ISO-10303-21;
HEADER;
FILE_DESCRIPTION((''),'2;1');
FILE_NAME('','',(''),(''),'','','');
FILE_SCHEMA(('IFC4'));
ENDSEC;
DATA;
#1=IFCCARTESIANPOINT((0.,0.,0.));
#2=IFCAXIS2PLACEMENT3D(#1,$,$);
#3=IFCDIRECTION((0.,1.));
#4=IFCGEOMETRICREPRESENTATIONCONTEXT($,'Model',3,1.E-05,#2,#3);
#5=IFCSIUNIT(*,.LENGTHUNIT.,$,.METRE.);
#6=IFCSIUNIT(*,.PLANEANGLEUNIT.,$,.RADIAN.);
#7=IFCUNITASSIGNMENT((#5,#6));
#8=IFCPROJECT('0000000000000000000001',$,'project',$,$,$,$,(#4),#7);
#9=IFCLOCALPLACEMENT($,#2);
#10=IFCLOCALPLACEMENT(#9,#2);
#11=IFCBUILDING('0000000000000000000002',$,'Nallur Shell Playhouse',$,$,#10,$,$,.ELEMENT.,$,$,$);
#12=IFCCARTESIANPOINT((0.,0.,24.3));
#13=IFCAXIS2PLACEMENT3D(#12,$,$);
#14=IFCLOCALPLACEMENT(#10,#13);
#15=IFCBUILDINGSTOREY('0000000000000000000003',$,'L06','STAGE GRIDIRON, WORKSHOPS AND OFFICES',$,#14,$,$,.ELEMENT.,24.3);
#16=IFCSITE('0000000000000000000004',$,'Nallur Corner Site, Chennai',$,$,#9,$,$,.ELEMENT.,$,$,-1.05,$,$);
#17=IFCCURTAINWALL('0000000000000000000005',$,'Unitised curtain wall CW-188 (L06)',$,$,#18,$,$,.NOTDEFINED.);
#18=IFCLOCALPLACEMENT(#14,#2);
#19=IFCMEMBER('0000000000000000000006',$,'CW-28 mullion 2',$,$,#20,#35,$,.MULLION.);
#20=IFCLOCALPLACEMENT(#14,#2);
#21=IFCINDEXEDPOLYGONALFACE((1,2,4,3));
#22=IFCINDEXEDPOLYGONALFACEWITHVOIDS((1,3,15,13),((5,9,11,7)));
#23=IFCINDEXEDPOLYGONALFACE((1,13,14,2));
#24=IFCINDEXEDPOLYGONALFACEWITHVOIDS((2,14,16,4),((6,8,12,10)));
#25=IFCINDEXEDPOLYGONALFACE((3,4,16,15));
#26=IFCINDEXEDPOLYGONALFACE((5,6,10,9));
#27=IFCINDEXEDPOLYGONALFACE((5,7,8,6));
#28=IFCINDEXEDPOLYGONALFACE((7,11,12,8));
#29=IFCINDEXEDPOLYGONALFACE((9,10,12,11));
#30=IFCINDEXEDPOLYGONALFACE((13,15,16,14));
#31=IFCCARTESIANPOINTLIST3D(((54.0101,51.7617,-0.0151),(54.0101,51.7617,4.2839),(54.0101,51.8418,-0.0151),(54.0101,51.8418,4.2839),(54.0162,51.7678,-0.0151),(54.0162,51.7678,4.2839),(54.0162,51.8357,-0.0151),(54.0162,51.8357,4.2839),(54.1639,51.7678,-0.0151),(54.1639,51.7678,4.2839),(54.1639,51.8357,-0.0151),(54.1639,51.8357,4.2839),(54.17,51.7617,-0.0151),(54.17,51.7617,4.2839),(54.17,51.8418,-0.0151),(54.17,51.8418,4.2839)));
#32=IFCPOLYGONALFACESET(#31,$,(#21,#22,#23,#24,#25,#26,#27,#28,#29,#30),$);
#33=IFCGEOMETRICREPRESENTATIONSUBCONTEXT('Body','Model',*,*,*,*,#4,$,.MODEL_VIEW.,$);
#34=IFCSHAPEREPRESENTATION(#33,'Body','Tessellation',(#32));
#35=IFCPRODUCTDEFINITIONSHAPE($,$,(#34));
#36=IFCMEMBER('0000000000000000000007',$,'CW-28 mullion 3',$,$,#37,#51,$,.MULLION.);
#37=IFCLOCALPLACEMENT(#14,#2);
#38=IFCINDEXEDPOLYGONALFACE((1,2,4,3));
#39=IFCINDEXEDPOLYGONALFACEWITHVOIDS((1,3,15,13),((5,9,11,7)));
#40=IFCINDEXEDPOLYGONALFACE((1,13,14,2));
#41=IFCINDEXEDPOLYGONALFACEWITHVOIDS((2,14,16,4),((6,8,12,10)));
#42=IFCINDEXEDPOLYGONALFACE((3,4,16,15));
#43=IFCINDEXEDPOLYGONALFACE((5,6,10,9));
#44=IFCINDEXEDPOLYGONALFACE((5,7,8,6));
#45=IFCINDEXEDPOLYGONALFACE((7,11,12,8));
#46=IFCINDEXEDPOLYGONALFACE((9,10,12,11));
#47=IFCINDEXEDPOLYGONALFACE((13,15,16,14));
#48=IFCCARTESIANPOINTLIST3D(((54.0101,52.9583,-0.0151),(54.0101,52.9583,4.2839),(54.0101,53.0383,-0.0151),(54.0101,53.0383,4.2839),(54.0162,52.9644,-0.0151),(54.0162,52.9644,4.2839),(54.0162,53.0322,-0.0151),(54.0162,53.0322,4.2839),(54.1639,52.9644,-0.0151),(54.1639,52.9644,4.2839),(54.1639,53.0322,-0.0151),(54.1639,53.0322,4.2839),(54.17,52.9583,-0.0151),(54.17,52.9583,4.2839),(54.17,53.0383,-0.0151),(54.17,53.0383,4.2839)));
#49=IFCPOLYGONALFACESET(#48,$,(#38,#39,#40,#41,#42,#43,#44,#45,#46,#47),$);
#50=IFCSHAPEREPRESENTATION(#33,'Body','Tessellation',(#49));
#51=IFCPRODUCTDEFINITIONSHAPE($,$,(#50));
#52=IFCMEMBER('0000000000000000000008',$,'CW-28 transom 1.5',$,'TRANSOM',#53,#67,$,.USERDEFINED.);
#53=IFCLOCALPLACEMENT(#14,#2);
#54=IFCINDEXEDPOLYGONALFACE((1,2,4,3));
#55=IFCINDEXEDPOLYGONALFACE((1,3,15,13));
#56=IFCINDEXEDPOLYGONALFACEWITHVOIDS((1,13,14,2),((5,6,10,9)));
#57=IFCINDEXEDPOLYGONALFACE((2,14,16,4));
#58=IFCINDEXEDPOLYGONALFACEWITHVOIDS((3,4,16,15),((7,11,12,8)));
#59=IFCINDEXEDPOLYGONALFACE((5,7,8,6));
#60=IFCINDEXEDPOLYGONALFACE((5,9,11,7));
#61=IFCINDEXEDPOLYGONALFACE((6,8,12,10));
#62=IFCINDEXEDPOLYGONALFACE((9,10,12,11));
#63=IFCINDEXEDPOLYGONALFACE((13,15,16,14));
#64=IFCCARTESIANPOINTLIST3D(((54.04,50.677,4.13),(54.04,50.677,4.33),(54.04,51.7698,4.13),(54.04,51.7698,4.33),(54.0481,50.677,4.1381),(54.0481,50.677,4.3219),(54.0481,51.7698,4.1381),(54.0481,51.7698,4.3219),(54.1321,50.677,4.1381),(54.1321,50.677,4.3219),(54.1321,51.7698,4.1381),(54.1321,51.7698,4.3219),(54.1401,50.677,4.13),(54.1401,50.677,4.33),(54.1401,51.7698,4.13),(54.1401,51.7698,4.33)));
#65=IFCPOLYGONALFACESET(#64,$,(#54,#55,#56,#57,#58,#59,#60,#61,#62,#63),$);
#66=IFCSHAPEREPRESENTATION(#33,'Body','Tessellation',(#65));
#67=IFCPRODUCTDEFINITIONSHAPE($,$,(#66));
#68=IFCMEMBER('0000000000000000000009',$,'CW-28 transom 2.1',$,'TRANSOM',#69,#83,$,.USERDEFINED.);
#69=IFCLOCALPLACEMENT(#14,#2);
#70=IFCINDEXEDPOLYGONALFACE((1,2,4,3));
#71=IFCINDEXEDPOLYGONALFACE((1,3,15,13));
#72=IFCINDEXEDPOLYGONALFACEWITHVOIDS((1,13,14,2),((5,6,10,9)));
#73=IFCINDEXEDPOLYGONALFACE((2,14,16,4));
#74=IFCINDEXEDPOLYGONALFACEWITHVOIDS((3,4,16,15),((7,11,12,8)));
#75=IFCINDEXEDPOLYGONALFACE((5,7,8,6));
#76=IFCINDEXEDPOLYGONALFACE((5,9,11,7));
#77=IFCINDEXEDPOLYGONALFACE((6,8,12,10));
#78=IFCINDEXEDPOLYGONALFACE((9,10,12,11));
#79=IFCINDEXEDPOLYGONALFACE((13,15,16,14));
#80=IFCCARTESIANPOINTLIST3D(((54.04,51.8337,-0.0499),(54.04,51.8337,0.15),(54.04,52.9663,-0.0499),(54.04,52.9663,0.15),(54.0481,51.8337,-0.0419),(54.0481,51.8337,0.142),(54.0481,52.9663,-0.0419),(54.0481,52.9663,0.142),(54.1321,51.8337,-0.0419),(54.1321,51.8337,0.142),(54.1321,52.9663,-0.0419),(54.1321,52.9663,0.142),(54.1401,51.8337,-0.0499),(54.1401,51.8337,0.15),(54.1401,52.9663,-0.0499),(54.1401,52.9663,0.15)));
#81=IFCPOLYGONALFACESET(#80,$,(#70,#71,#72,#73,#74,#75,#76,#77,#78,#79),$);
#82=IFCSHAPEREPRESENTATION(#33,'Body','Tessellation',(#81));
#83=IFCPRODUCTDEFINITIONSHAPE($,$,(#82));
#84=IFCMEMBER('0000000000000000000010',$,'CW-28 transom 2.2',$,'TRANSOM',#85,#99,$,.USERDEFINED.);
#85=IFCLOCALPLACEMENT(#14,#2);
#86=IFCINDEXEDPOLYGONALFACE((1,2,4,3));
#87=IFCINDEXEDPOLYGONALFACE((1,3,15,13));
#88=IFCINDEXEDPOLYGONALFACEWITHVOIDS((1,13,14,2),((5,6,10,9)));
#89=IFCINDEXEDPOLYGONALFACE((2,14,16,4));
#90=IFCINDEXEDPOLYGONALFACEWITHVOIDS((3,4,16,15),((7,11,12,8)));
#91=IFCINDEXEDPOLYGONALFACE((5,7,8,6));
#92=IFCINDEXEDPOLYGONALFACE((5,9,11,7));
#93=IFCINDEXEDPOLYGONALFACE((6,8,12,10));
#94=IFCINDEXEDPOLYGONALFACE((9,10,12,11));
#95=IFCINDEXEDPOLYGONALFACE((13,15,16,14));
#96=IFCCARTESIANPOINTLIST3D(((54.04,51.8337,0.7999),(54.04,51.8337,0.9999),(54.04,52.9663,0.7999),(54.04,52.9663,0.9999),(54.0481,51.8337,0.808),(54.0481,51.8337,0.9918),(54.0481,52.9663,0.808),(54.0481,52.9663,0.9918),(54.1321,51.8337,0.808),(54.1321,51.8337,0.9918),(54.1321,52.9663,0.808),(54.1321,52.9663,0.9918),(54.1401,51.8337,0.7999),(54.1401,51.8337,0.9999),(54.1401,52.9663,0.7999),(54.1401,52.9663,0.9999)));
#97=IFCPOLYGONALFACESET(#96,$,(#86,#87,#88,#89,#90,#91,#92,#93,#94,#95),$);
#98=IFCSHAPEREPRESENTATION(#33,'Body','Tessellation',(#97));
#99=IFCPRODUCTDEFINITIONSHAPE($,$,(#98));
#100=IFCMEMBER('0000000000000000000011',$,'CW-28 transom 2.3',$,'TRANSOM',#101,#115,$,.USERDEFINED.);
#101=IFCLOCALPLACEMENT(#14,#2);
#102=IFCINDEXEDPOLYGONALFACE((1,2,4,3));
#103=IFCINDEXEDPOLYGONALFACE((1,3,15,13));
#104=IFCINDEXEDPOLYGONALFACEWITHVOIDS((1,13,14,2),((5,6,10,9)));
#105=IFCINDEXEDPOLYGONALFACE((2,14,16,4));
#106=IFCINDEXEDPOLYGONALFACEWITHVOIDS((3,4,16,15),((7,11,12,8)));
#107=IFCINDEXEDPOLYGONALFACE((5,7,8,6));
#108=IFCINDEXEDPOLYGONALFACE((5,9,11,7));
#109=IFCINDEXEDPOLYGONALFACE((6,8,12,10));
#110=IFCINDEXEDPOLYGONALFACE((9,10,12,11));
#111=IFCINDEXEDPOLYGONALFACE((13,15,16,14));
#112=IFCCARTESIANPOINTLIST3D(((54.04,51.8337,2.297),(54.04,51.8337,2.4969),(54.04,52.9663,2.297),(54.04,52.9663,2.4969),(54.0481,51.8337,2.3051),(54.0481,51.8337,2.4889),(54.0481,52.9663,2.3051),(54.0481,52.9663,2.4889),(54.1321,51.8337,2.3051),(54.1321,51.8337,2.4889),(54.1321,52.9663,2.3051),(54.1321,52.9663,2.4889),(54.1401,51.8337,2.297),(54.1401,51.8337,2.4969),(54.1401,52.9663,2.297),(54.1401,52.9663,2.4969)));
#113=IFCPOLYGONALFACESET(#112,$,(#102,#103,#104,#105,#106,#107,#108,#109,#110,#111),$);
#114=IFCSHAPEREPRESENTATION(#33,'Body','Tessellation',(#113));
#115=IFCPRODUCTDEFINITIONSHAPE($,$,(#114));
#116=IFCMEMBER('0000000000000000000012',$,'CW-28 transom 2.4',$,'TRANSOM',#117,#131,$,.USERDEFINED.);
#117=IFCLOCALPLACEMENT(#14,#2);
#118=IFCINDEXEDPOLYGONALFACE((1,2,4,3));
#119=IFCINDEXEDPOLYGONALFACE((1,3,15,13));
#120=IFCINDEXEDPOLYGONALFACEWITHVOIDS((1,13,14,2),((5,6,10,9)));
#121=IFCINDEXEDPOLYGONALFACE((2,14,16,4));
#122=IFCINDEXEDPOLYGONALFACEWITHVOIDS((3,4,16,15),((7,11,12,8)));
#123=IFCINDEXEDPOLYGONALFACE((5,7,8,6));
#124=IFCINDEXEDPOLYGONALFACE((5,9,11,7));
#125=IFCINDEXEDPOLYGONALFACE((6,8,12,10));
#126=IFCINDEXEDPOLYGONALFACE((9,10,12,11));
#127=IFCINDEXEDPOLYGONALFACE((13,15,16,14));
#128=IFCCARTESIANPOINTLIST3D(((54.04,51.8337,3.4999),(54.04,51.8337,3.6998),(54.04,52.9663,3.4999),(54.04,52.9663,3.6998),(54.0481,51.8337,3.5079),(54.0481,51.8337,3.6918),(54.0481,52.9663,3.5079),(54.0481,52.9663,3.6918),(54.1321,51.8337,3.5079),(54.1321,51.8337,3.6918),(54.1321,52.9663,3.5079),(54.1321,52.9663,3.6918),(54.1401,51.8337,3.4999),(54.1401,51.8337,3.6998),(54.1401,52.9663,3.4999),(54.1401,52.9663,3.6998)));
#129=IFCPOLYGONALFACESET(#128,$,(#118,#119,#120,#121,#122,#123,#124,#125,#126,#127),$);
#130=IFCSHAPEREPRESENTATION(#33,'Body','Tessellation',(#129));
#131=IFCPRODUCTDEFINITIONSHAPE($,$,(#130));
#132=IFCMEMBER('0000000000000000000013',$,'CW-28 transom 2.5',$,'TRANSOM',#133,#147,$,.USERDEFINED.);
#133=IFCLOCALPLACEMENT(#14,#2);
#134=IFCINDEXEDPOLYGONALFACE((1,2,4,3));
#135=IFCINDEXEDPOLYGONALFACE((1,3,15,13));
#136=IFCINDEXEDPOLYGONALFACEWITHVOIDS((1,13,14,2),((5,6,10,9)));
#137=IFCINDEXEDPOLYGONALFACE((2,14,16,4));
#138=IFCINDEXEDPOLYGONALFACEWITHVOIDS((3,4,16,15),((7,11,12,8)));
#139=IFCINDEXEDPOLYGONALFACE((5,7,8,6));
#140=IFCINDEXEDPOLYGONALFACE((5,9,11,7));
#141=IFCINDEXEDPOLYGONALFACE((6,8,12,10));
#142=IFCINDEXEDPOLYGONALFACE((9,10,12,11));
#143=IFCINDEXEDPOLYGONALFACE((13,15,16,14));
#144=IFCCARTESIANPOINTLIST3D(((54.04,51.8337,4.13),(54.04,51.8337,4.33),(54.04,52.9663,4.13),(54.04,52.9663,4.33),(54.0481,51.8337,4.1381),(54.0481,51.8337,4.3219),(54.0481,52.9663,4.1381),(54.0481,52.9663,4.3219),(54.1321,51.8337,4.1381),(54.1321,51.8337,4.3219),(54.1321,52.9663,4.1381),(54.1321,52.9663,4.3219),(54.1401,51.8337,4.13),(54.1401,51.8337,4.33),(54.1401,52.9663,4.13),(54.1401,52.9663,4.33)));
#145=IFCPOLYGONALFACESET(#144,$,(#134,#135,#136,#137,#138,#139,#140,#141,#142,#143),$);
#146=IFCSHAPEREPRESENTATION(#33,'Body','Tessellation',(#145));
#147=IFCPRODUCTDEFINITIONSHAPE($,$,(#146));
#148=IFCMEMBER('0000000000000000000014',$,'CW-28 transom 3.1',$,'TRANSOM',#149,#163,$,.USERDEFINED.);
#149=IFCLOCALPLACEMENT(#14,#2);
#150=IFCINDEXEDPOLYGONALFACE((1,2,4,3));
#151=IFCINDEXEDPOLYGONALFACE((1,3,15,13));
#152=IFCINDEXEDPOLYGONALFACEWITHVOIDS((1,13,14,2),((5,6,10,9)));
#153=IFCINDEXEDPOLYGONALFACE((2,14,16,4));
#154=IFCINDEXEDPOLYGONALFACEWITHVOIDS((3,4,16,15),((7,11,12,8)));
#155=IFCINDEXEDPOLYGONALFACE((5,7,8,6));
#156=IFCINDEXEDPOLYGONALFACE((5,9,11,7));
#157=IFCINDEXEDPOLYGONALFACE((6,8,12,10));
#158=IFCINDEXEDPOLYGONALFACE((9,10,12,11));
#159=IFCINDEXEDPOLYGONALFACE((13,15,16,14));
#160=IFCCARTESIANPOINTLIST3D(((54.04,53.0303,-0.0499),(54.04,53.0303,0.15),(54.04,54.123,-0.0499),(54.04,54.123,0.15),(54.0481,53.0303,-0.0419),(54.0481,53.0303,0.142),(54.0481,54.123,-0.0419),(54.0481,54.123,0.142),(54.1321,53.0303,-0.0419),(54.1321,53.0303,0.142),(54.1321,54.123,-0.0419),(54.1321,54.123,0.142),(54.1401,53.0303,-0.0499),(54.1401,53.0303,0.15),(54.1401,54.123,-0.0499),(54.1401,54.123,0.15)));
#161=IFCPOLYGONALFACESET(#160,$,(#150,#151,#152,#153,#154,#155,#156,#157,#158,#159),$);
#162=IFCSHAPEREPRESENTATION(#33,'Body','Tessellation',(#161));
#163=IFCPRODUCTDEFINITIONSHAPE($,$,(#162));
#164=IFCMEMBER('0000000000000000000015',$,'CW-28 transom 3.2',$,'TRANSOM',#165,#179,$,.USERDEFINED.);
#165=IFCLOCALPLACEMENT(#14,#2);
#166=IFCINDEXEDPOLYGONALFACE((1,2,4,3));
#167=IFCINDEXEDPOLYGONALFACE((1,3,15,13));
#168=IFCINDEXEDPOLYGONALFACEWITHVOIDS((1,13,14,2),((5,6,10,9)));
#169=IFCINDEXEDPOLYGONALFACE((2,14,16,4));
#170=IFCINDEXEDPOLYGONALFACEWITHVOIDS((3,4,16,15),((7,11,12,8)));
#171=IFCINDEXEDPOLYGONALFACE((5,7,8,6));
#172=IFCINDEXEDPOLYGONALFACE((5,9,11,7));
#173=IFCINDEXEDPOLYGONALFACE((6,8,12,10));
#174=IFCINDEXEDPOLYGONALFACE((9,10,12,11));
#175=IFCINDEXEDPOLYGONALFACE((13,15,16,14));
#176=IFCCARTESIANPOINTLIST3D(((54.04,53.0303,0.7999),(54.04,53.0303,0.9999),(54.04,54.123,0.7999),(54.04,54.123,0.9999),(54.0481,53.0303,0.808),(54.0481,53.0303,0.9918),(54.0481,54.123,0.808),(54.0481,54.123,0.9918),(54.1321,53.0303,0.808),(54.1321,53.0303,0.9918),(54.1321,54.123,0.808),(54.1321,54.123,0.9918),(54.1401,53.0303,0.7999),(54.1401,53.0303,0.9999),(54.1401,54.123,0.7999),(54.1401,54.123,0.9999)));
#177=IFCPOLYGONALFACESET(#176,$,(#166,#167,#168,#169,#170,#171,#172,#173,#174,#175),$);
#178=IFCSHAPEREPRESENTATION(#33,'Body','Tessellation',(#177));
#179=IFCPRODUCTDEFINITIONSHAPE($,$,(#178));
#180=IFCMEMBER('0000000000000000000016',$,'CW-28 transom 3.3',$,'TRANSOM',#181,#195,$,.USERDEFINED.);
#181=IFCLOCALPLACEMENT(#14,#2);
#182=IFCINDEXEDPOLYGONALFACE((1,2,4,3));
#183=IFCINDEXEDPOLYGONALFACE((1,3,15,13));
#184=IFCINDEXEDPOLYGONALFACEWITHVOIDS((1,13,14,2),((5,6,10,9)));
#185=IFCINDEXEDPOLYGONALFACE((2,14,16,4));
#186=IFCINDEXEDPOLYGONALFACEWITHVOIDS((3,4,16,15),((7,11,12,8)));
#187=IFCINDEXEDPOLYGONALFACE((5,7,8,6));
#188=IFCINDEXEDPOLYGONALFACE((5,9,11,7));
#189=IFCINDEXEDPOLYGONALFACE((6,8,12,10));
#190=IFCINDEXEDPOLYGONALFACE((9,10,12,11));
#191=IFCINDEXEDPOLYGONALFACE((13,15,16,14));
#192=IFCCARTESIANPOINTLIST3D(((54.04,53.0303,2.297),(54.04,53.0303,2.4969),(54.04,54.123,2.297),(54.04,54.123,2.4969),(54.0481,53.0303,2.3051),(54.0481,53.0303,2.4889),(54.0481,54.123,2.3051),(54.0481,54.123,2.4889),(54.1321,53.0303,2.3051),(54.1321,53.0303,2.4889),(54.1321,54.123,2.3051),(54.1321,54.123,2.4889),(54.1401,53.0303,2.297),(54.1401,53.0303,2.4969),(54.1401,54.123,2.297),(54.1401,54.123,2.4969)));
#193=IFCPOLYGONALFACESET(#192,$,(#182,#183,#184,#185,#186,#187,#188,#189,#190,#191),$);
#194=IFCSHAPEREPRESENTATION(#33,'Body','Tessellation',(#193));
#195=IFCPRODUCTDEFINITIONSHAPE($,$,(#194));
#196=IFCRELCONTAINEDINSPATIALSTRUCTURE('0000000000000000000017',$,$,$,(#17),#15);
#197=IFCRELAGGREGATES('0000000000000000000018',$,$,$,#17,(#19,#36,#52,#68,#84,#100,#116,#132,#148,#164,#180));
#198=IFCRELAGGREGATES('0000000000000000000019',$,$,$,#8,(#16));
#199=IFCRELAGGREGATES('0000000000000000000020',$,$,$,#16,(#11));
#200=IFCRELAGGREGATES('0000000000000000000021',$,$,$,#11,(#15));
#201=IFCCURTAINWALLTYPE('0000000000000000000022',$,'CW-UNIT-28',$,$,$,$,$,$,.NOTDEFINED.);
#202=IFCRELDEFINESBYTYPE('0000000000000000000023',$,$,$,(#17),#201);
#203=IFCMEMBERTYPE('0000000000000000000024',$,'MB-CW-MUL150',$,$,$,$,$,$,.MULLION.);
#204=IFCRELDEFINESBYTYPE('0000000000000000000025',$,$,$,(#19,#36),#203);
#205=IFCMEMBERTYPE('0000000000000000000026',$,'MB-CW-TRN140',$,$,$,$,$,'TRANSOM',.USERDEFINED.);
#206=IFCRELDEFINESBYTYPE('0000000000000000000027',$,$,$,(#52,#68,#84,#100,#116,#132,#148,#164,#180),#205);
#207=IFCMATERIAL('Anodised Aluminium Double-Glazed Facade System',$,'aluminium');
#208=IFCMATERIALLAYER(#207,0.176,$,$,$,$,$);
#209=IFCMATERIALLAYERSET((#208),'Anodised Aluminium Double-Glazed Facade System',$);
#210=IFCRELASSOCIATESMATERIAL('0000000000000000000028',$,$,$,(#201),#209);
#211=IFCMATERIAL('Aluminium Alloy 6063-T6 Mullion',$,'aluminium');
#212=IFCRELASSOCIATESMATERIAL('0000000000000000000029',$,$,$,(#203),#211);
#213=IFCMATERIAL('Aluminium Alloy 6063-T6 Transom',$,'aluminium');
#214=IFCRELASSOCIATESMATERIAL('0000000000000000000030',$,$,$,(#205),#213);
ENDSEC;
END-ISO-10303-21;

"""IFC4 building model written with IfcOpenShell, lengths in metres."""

from ifc_helpers import new_model, si_unit, direction, frame, origin, origin_2d, place, context, subcontext, project, spatial, hollow_rectangle, extrude, material, layer, layer_set, material_profile, profile_set, type_object, element, aggregate, save


model = new_model("IFC4")

# Units and contexts
model_context = context("Model", 3, precision=1e-05, world=origin(), true_north=direction((0.0, 1.0)))
body_context = subcontext(model_context, "Body", "Model", "MODEL_VIEW")
ifc_project = project(units=[si_unit("LENGTHUNIT", "METRE"), si_unit("PLANEANGLEUNIT", "RADIAN")], contexts=[model_context])

# Site, building, storey
site_placement = place(None, origin())
site = spatial("IfcSite", under=ifc_project, at=site_placement, Name="Nallur Corner Site, Chennai", CompositionType="ELEMENT", RefElevation=-1.05)
building_placement = place(site_placement, origin())
building = spatial("IfcBuilding", under=site, at=building_placement, Name="Nallur Shell Playhouse", CompositionType="ELEMENT")
storey_placement = place(building_placement, frame((0.0, 0.0, 24.3)))
storey = spatial("IfcBuildingStorey", under=building, at=storey_placement, Name="L06", Description="STAGE GRIDIRON, WORKSHOPS AND OFFICES", CompositionType="ELEMENT", Elevation=24.3)

# Curtain wall, members
ifc_material_1 = material(Name="Anodised Aluminium Double-Glazed Facade System", Category="aluminium")
ifc_layer_1 = layer(ifc_material_1, 0.176)
ifc_layer_set_1 = layer_set([ifc_layer_1], Name="Anodised Aluminium Double-Glazed Facade System")
curtain_wall_type = type_object("IfcCurtainWallType", Name="CW-UNIT-28", PredefinedType="NOTDEFINED", material=ifc_layer_set_1)
curtain_wall_placement = place(storey_placement, origin())
curtain_wall = element("IfcCurtainWall", 1, at=curtain_wall_placement, inside=storey, type_object=curtain_wall_type, Name="Unitised curtain wall CW-188 (L06)", PredefinedType="NOTDEFINED")
ifc_material_2 = material(Name="Aluminium Alloy 6063-T6 Mullion", Category="aluminium")
ifc_material_profile_1 = material_profile(ifc_material_2, hollow_rectangle(XDim=0.0801, YDim=0.1599, WallThickness=0.0061, at=origin_2d()), Name="RHS 160x80x6")
ifc_profile_set_1 = profile_set([ifc_material_profile_1], Name="Aluminium Alloy 6063-T6 Mullion")
member_type_1 = type_object("IfcMemberType", Name="MB-CW-MUL150", PredefinedType="MULLION", material=ifc_profile_set_1)
member_1_placement = place(storey_placement, frame((54.0901, 51.8018, -0.0151), z_axis=(0.0, 0.0, 1.0), x_axis=(0.0, 1.0, 0.0)))
member_1 = element("IfcMember", 2, at=member_1_placement, type_object=member_type_1, Name="CW-28 mullion 2", PredefinedType="MULLION", context=body_context, shape_type="SweptSolid", body=[
    extrude(hollow_rectangle(XDim=0.0801, YDim=0.1599, WallThickness=0.0061, at=origin_2d()), origin(), (0.0, 0.0, 1.0), 4.2991),
])
member_2_placement = place(storey_placement, frame((54.0901, 52.9983, -0.0151), z_axis=(0.0, 0.0, 1.0), x_axis=(0.0, 1.0, 0.0)))
member_2 = element("IfcMember", 3, at=member_2_placement, type_object=member_type_1, Name="CW-28 mullion 3", PredefinedType="MULLION", context=body_context, shape_type="SweptSolid", body=[
    extrude(hollow_rectangle(XDim=0.0801, YDim=0.1599, WallThickness=0.0061, at=origin_2d()), origin(), (0.0, 0.0, 1.0), 4.2991),
])
ifc_material_3 = material(Name="Aluminium Alloy 6063-T6 Transom", Category="aluminium")
ifc_material_profile_2 = material_profile(ifc_material_3, hollow_rectangle(XDim=0.1001, YDim=0.2, WallThickness=0.0081, at=origin_2d()), Name="RHS 200x100x8")
ifc_profile_set_2 = profile_set([ifc_material_profile_2], Name="Aluminium Alloy 6063-T6 Transom")
member_type_2 = type_object("IfcMemberType", Name="MB-CW-TRN140", ElementType="TRANSOM", PredefinedType="USERDEFINED", material=ifc_profile_set_2)
member_3_placement = place(storey_placement, frame((54.0901, 50.677, 4.23), z_axis=(0.0, 1.0, 0.0), x_axis=(-1.0, 0.0, 0.0)))
member_3 = element("IfcMember", 4, at=member_3_placement, type_object=member_type_2, Name="CW-28 transom 1.5", ObjectType="TRANSOM", PredefinedType="USERDEFINED", context=body_context, shape_type="SweptSolid", body=[
    extrude(hollow_rectangle(XDim=0.1001, YDim=0.2, WallThickness=0.0081, at=origin_2d()), origin(), (0.0, 0.0, 1.0), 1.0928),
])
member_4_placement = place(storey_placement, frame((54.0901, 51.8337, 0.05), z_axis=(0.0, 1.0, 0.0), x_axis=(-1.0, 0.0, 0.0)))
member_4 = element("IfcMember", 5, at=member_4_placement, type_object=member_type_2, Name="CW-28 transom 2.1", ObjectType="TRANSOM", PredefinedType="USERDEFINED", context=body_context, shape_type="SweptSolid", body=[
    extrude(hollow_rectangle(XDim=0.1001, YDim=0.2, WallThickness=0.0081, at=origin_2d()), origin(), (0.0, 0.0, 1.0), 1.1326),
])
member_5_placement = place(storey_placement, frame((54.0901, 51.8337, 0.8999), z_axis=(0.0, 1.0, 0.0), x_axis=(-1.0, 0.0, 0.0)))
member_5 = element("IfcMember", 6, at=member_5_placement, type_object=member_type_2, Name="CW-28 transom 2.2", ObjectType="TRANSOM", PredefinedType="USERDEFINED", context=body_context, shape_type="SweptSolid", body=[
    extrude(hollow_rectangle(XDim=0.1001, YDim=0.2, WallThickness=0.0081, at=origin_2d()), origin(), (0.0, 0.0, 1.0), 1.1326),
])
member_6_placement = place(storey_placement, frame((54.0901, 51.8337, 2.397), z_axis=(0.0, 1.0, 0.0), x_axis=(-1.0, 0.0, 0.0)))
member_6 = element("IfcMember", 7, at=member_6_placement, type_object=member_type_2, Name="CW-28 transom 2.3", ObjectType="TRANSOM", PredefinedType="USERDEFINED", context=body_context, shape_type="SweptSolid", body=[
    extrude(hollow_rectangle(XDim=0.1001, YDim=0.2, WallThickness=0.0081, at=origin_2d()), origin(), (0.0, 0.0, 1.0), 1.1326),
])
member_7_placement = place(storey_placement, frame((54.0901, 51.8337, 3.5999), z_axis=(0.0, 1.0, 0.0), x_axis=(-1.0, 0.0, 0.0)))
member_7 = element("IfcMember", 8, at=member_7_placement, type_object=member_type_2, Name="CW-28 transom 2.4", ObjectType="TRANSOM", PredefinedType="USERDEFINED", context=body_context, shape_type="SweptSolid", body=[
    extrude(hollow_rectangle(XDim=0.1001, YDim=0.2, WallThickness=0.0081, at=origin_2d()), origin(), (0.0, 0.0, 1.0), 1.1326),
])
member_8_placement = place(storey_placement, frame((54.0901, 51.8337, 4.23), z_axis=(0.0, 1.0, 0.0), x_axis=(-1.0, 0.0, 0.0)))
member_8 = element("IfcMember", 9, at=member_8_placement, type_object=member_type_2, Name="CW-28 transom 2.5", ObjectType="TRANSOM", PredefinedType="USERDEFINED", context=body_context, shape_type="SweptSolid", body=[
    extrude(hollow_rectangle(XDim=0.1001, YDim=0.2, WallThickness=0.0081, at=origin_2d()), origin(), (0.0, 0.0, 1.0), 1.1326),
])
member_9_placement = place(storey_placement, frame((54.0901, 53.0303, 0.05), z_axis=(0.0, 1.0, 0.0), x_axis=(-1.0, 0.0, 0.0)))
member_9 = element("IfcMember", 10, at=member_9_placement, type_object=member_type_2, Name="CW-28 transom 3.1", ObjectType="TRANSOM", PredefinedType="USERDEFINED", context=body_context, shape_type="SweptSolid", body=[
    extrude(hollow_rectangle(XDim=0.1001, YDim=0.2, WallThickness=0.0081, at=origin_2d()), origin(), (0.0, 0.0, 1.0), 1.0928),
])
member_10_placement = place(storey_placement, frame((54.0901, 53.0303, 0.8999), z_axis=(0.0, 1.0, 0.0), x_axis=(-1.0, 0.0, 0.0)))
member_10 = element("IfcMember", 11, at=member_10_placement, type_object=member_type_2, Name="CW-28 transom 3.2", ObjectType="TRANSOM", PredefinedType="USERDEFINED", context=body_context, shape_type="SweptSolid", body=[
    extrude(hollow_rectangle(XDim=0.1001, YDim=0.2, WallThickness=0.0081, at=origin_2d()), origin(), (0.0, 0.0, 1.0), 1.0928),
])
member_11_placement = place(storey_placement, frame((54.0901, 53.0303, 2.397), z_axis=(0.0, 1.0, 0.0), x_axis=(-1.0, 0.0, 0.0)))
member_11 = element("IfcMember", 12, at=member_11_placement, type_object=member_type_2, Name="CW-28 transom 3.3", ObjectType="TRANSOM", PredefinedType="USERDEFINED", context=body_context, shape_type="SweptSolid", body=[
    extrude(hollow_rectangle(XDim=0.1001, YDim=0.2, WallThickness=0.0081, at=origin_2d()), origin(), (0.0, 0.0, 1.0), 1.0928),
])
aggregate(curtain_wall, [member_1, member_2, member_3, member_4, member_5, member_6, member_7, member_8, member_9, member_10, member_11])

save(model, "model.ifc")
